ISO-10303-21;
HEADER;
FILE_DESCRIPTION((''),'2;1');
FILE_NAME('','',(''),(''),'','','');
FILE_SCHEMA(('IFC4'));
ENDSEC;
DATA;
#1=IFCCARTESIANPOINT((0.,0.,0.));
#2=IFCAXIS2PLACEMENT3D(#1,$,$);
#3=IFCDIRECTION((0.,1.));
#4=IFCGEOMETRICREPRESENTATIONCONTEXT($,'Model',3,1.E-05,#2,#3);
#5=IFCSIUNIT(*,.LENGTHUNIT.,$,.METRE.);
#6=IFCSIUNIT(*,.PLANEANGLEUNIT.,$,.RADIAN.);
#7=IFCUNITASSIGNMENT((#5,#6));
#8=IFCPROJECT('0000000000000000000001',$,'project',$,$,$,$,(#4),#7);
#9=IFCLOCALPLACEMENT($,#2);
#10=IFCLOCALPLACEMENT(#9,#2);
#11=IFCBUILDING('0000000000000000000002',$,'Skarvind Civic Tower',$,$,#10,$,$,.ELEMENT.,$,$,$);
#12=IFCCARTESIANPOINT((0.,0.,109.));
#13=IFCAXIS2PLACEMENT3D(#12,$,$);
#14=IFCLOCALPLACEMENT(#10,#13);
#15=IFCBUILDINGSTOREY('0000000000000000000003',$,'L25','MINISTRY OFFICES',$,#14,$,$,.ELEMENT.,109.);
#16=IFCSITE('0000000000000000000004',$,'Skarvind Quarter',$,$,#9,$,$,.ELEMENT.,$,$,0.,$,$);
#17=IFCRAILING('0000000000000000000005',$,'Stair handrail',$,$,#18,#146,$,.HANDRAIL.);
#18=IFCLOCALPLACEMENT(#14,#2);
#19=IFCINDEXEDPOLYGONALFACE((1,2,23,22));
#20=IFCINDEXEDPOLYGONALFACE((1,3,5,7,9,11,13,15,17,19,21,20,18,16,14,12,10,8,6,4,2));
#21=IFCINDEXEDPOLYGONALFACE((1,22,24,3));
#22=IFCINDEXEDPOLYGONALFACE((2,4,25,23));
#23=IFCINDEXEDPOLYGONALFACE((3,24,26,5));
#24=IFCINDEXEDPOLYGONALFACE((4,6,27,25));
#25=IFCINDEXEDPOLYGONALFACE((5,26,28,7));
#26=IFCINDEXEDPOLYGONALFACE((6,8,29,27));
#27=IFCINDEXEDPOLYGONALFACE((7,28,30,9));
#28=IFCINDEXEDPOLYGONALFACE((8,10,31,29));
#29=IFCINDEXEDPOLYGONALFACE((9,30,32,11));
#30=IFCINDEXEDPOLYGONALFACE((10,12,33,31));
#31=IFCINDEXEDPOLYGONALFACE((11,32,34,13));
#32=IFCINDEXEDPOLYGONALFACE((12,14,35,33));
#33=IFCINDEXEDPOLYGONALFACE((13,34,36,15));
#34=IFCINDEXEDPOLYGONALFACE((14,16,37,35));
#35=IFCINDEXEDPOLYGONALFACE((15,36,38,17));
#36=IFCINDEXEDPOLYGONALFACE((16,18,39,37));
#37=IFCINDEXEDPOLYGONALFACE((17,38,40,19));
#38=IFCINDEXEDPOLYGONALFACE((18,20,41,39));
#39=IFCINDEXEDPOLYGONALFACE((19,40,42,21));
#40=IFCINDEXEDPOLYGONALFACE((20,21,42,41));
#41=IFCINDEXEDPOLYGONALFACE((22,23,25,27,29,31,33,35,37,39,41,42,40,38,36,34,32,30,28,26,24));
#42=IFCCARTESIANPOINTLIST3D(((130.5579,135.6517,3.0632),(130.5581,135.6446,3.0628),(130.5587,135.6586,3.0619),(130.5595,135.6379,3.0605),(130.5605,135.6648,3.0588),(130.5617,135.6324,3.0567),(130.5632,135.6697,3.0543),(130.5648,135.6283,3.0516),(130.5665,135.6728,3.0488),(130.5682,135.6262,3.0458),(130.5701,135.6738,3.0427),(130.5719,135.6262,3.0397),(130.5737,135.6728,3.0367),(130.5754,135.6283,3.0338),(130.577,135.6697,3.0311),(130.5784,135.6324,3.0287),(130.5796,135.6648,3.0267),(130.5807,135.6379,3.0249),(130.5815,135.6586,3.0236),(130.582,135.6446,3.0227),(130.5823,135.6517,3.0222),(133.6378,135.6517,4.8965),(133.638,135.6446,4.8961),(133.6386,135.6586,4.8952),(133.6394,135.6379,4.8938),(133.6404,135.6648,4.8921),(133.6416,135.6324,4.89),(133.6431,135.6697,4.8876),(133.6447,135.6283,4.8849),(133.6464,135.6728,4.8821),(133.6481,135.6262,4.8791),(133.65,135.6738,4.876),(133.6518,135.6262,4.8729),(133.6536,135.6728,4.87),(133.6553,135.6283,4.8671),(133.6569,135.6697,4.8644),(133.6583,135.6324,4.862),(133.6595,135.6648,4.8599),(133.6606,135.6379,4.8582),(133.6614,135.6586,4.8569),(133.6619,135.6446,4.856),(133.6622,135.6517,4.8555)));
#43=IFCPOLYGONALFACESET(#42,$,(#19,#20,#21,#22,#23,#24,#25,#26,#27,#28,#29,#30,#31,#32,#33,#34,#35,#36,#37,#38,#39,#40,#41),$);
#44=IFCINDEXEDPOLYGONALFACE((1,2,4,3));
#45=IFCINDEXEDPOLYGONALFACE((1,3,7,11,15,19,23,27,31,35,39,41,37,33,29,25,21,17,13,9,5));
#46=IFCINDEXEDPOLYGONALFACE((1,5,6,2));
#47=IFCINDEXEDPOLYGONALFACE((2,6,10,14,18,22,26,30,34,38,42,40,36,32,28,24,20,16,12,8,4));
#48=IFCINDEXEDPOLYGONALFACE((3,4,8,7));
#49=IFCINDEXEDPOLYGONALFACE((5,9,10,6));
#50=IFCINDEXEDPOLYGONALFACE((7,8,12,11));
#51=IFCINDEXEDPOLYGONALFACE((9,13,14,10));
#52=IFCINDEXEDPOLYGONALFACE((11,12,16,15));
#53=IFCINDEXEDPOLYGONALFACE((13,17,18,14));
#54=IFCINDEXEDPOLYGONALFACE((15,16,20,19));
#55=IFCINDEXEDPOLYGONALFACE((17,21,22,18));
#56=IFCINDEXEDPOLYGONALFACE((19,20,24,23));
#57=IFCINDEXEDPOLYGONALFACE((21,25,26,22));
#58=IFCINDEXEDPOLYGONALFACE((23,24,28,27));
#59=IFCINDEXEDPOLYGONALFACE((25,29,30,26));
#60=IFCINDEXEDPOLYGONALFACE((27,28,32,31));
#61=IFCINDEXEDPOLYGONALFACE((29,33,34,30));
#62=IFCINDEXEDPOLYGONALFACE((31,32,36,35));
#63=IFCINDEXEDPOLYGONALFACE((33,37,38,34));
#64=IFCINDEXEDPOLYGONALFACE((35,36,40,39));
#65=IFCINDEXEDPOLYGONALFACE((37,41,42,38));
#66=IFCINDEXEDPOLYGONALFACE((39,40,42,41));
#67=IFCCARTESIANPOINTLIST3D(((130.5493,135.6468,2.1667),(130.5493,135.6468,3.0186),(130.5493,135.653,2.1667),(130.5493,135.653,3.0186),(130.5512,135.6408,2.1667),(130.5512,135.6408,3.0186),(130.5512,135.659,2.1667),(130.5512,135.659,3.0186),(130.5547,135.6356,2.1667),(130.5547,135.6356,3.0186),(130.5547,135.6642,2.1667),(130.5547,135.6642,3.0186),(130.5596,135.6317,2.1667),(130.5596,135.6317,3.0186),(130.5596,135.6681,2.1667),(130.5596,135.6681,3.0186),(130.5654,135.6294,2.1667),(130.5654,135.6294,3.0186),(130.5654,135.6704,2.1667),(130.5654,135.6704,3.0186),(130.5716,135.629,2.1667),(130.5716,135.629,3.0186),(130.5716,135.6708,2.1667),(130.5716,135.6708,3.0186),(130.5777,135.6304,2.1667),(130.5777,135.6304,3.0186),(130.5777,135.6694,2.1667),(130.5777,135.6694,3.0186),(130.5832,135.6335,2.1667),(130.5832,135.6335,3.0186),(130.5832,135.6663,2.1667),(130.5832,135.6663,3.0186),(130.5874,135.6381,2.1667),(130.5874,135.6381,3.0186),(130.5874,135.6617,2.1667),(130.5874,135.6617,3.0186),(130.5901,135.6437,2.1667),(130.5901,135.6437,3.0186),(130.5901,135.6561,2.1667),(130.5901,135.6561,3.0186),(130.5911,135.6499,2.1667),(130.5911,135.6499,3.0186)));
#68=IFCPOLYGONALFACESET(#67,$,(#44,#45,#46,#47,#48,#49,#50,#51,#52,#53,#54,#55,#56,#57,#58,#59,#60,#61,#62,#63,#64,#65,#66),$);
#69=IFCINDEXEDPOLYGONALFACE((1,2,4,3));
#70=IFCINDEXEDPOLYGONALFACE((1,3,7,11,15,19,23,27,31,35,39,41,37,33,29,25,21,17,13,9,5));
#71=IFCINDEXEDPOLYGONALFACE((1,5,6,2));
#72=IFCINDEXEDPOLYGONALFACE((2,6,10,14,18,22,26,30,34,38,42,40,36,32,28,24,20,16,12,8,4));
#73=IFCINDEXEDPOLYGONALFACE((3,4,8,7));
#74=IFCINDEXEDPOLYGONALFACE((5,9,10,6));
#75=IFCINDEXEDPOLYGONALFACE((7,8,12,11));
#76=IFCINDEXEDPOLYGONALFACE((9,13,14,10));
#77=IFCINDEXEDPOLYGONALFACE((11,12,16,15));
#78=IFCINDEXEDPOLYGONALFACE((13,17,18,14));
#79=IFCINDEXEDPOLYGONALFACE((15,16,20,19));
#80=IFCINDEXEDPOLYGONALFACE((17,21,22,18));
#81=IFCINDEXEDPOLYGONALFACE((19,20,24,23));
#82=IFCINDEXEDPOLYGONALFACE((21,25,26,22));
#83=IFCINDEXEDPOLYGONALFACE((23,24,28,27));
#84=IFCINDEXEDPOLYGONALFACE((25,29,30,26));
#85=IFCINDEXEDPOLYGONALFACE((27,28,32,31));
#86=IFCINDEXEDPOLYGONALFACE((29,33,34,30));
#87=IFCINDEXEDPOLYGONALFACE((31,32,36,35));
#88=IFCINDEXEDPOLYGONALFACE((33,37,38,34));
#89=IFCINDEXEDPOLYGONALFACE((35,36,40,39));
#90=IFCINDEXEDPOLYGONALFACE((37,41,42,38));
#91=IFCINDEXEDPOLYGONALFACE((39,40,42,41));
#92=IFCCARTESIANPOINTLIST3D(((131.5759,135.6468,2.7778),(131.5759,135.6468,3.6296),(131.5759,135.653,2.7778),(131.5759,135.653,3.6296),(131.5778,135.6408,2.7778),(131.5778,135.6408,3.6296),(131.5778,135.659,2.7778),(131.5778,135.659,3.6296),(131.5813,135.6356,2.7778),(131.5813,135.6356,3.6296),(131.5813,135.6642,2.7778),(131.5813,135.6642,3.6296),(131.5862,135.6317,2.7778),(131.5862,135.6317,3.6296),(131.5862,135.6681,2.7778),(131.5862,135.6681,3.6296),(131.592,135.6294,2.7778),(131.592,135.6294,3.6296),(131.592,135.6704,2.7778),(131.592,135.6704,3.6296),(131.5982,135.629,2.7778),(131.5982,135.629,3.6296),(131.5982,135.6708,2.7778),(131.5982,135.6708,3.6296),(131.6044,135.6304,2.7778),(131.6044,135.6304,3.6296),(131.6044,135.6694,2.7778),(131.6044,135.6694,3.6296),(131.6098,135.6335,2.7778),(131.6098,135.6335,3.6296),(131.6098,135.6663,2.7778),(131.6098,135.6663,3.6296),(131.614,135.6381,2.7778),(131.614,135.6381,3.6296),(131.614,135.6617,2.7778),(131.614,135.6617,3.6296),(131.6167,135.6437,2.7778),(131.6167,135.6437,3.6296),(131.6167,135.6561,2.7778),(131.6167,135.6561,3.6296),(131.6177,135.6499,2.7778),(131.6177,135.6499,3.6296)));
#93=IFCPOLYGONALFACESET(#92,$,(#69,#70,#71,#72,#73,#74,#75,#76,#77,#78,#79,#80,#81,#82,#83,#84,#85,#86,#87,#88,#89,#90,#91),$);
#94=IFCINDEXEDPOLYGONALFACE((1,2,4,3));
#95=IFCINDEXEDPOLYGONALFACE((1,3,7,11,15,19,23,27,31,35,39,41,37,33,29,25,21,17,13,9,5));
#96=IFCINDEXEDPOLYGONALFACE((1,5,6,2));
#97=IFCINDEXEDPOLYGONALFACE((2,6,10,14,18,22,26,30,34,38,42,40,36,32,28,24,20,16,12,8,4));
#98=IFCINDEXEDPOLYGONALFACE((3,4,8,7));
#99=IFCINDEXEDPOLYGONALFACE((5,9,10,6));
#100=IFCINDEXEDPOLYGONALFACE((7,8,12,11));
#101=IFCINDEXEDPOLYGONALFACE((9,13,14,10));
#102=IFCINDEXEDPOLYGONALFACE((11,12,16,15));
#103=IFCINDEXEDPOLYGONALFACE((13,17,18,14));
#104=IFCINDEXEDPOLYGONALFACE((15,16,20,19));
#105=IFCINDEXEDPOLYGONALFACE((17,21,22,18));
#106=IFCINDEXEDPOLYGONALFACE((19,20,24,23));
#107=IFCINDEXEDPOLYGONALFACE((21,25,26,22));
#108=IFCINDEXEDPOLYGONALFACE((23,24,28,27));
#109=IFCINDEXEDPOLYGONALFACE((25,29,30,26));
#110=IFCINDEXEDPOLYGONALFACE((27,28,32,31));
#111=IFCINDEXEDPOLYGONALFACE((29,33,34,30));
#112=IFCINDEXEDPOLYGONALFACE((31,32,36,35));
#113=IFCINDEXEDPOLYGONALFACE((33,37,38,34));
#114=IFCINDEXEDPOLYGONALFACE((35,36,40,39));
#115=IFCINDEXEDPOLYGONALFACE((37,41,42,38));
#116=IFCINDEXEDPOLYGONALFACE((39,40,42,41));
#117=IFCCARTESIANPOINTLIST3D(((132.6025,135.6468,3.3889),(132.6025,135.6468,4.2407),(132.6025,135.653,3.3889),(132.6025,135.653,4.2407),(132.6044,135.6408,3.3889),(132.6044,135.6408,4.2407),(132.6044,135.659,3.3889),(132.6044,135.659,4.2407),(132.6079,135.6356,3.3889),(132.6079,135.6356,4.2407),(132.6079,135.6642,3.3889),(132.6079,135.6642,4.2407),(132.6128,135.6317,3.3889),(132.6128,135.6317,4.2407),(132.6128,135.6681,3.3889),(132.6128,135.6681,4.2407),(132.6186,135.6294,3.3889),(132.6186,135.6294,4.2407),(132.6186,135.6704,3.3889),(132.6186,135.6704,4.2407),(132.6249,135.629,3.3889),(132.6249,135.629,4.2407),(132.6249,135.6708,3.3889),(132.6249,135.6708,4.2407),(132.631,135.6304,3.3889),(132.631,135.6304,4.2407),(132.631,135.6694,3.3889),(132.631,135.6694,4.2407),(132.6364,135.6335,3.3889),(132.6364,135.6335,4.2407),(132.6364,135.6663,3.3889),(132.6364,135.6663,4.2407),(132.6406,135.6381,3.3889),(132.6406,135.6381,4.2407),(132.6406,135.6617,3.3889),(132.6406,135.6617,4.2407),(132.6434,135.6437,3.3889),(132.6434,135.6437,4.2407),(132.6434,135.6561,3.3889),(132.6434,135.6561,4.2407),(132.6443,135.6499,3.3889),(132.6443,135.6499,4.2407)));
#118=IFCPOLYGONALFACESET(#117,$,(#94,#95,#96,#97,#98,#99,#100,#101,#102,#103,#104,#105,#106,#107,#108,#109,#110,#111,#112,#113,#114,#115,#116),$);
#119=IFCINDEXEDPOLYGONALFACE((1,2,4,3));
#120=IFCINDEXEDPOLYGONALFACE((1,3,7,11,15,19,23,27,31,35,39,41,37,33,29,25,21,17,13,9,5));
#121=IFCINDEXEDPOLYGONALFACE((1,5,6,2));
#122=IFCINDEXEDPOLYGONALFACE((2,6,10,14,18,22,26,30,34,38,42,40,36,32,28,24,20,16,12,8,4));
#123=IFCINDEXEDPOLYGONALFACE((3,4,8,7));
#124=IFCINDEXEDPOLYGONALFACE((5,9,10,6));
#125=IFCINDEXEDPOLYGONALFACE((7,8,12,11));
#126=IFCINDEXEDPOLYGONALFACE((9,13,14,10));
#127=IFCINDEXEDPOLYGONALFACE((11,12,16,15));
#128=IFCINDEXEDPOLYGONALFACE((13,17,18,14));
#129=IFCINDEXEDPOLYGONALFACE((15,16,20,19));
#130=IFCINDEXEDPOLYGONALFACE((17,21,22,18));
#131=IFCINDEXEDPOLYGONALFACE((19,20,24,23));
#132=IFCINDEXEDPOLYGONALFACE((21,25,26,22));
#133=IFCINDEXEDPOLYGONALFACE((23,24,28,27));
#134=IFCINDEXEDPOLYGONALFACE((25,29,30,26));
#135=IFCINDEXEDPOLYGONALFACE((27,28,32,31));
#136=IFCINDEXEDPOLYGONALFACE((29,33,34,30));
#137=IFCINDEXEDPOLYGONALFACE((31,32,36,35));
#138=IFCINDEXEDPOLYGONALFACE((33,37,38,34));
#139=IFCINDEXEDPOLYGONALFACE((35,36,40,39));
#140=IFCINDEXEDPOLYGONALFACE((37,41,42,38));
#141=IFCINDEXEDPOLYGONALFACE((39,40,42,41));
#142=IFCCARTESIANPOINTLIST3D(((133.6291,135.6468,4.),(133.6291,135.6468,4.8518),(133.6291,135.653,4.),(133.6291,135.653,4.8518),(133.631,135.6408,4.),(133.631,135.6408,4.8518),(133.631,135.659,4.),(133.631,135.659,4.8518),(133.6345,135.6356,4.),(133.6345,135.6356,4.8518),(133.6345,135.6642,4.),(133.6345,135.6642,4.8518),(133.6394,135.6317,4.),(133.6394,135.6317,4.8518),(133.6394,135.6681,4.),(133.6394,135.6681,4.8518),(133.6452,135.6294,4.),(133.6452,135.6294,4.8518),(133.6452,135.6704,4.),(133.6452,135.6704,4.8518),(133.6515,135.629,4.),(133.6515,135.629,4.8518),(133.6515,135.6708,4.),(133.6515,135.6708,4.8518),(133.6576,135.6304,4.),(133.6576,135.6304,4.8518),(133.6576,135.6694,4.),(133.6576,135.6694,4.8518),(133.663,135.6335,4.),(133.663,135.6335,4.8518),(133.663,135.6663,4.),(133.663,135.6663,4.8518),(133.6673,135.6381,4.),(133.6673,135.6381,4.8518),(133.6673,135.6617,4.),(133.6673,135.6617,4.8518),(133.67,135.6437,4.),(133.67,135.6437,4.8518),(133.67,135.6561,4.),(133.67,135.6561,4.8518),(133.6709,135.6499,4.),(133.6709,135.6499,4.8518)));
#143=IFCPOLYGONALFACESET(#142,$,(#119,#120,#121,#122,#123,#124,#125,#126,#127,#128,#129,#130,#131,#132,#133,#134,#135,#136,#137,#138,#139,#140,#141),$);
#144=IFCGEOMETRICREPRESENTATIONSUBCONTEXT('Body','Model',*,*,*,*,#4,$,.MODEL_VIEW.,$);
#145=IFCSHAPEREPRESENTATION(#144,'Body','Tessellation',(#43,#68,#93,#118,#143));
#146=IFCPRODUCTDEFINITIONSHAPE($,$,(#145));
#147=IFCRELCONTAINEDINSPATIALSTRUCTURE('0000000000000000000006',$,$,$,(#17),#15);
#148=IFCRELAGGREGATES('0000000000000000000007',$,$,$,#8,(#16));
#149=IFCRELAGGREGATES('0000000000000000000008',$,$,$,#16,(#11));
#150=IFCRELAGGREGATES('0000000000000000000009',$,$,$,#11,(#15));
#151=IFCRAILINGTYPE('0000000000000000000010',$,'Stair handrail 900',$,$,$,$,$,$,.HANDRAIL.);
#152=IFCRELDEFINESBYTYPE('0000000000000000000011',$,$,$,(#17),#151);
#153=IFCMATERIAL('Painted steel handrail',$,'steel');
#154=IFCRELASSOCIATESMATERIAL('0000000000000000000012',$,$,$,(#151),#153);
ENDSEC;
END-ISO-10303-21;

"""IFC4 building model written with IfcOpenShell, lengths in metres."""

from ifc_helpers import new_model, si_unit, direction, frame, origin, origin_2d, place, context, subcontext, project, spatial, circle, extrude, material, type_object, element, save


model = new_model("IFC4")

# Units and contexts
model_context = context("Model", 3, precision=1e-05, world=origin(), true_north=direction((0.0, 1.0)))
body_context = subcontext(model_context, "Body", "Model", "MODEL_VIEW")
ifc_project = project(units=[si_unit("LENGTHUNIT", "METRE"), si_unit("PLANEANGLEUNIT", "RADIAN")], contexts=[model_context])

# Site, building, storey
site_placement = place(None, origin())
site = spatial("IfcSite", under=ifc_project, at=site_placement, Name="Skarvind Quarter", CompositionType="ELEMENT", RefElevation=0.0)
building_placement = place(site_placement, origin())
building = spatial("IfcBuilding", under=site, at=building_placement, Name="Skarvind Civic Tower", CompositionType="ELEMENT")
storey_placement = place(building_placement, frame((0.0, 0.0, 109.0)))
storey = spatial("IfcBuildingStorey", under=building, at=storey_placement, Name="L25", Description="MINISTRY OFFICES", CompositionType="ELEMENT", Elevation=109.0)

# Railing
ifc_material_1 = material(Name="Painted steel handrail", Category="steel")
railing_type = type_object("IfcRailingType", Name="Stair handrail 900", PredefinedType="HANDRAIL", material=ifc_material_1)
railing_placement = place(storey_placement, frame((130.5701, 135.6499, 2.1667)))
element("IfcRailing", 1, at=railing_placement, inside=storey, type_object=railing_type, Name="Stair handrail", PredefinedType="HANDRAIL", context=body_context, shape_type="SweptSolid", body=[
    extrude(circle(Radius=0.0239, at=origin_2d()), frame((0.0, 0.0, 0.876), z_axis=(0.859291, 0.0, 0.511487), x_axis=(0.0, 1.0, 0.0)), (0.0, 0.0, 1.0), 3.5842),
    extrude(circle(Radius=0.021, at=origin_2d()), origin(), (0.0, 0.0, 1.0), 0.8518),
    extrude(circle(Radius=0.021, at=origin_2d()), frame((1.0266, 0.0, 0.6111)), (0.0, 0.0, 1.0), 0.8518),
    extrude(circle(Radius=0.021, at=origin_2d()), frame((2.0532, 0.0, 1.2222)), (0.0, 0.0, 1.0), 0.8518),
    extrude(circle(Radius=0.021, at=origin_2d()), frame((3.0798, 0.0, 1.8333)), (0.0, 0.0, 1.0), 0.8518),
])

save(model, "model.ifc")
